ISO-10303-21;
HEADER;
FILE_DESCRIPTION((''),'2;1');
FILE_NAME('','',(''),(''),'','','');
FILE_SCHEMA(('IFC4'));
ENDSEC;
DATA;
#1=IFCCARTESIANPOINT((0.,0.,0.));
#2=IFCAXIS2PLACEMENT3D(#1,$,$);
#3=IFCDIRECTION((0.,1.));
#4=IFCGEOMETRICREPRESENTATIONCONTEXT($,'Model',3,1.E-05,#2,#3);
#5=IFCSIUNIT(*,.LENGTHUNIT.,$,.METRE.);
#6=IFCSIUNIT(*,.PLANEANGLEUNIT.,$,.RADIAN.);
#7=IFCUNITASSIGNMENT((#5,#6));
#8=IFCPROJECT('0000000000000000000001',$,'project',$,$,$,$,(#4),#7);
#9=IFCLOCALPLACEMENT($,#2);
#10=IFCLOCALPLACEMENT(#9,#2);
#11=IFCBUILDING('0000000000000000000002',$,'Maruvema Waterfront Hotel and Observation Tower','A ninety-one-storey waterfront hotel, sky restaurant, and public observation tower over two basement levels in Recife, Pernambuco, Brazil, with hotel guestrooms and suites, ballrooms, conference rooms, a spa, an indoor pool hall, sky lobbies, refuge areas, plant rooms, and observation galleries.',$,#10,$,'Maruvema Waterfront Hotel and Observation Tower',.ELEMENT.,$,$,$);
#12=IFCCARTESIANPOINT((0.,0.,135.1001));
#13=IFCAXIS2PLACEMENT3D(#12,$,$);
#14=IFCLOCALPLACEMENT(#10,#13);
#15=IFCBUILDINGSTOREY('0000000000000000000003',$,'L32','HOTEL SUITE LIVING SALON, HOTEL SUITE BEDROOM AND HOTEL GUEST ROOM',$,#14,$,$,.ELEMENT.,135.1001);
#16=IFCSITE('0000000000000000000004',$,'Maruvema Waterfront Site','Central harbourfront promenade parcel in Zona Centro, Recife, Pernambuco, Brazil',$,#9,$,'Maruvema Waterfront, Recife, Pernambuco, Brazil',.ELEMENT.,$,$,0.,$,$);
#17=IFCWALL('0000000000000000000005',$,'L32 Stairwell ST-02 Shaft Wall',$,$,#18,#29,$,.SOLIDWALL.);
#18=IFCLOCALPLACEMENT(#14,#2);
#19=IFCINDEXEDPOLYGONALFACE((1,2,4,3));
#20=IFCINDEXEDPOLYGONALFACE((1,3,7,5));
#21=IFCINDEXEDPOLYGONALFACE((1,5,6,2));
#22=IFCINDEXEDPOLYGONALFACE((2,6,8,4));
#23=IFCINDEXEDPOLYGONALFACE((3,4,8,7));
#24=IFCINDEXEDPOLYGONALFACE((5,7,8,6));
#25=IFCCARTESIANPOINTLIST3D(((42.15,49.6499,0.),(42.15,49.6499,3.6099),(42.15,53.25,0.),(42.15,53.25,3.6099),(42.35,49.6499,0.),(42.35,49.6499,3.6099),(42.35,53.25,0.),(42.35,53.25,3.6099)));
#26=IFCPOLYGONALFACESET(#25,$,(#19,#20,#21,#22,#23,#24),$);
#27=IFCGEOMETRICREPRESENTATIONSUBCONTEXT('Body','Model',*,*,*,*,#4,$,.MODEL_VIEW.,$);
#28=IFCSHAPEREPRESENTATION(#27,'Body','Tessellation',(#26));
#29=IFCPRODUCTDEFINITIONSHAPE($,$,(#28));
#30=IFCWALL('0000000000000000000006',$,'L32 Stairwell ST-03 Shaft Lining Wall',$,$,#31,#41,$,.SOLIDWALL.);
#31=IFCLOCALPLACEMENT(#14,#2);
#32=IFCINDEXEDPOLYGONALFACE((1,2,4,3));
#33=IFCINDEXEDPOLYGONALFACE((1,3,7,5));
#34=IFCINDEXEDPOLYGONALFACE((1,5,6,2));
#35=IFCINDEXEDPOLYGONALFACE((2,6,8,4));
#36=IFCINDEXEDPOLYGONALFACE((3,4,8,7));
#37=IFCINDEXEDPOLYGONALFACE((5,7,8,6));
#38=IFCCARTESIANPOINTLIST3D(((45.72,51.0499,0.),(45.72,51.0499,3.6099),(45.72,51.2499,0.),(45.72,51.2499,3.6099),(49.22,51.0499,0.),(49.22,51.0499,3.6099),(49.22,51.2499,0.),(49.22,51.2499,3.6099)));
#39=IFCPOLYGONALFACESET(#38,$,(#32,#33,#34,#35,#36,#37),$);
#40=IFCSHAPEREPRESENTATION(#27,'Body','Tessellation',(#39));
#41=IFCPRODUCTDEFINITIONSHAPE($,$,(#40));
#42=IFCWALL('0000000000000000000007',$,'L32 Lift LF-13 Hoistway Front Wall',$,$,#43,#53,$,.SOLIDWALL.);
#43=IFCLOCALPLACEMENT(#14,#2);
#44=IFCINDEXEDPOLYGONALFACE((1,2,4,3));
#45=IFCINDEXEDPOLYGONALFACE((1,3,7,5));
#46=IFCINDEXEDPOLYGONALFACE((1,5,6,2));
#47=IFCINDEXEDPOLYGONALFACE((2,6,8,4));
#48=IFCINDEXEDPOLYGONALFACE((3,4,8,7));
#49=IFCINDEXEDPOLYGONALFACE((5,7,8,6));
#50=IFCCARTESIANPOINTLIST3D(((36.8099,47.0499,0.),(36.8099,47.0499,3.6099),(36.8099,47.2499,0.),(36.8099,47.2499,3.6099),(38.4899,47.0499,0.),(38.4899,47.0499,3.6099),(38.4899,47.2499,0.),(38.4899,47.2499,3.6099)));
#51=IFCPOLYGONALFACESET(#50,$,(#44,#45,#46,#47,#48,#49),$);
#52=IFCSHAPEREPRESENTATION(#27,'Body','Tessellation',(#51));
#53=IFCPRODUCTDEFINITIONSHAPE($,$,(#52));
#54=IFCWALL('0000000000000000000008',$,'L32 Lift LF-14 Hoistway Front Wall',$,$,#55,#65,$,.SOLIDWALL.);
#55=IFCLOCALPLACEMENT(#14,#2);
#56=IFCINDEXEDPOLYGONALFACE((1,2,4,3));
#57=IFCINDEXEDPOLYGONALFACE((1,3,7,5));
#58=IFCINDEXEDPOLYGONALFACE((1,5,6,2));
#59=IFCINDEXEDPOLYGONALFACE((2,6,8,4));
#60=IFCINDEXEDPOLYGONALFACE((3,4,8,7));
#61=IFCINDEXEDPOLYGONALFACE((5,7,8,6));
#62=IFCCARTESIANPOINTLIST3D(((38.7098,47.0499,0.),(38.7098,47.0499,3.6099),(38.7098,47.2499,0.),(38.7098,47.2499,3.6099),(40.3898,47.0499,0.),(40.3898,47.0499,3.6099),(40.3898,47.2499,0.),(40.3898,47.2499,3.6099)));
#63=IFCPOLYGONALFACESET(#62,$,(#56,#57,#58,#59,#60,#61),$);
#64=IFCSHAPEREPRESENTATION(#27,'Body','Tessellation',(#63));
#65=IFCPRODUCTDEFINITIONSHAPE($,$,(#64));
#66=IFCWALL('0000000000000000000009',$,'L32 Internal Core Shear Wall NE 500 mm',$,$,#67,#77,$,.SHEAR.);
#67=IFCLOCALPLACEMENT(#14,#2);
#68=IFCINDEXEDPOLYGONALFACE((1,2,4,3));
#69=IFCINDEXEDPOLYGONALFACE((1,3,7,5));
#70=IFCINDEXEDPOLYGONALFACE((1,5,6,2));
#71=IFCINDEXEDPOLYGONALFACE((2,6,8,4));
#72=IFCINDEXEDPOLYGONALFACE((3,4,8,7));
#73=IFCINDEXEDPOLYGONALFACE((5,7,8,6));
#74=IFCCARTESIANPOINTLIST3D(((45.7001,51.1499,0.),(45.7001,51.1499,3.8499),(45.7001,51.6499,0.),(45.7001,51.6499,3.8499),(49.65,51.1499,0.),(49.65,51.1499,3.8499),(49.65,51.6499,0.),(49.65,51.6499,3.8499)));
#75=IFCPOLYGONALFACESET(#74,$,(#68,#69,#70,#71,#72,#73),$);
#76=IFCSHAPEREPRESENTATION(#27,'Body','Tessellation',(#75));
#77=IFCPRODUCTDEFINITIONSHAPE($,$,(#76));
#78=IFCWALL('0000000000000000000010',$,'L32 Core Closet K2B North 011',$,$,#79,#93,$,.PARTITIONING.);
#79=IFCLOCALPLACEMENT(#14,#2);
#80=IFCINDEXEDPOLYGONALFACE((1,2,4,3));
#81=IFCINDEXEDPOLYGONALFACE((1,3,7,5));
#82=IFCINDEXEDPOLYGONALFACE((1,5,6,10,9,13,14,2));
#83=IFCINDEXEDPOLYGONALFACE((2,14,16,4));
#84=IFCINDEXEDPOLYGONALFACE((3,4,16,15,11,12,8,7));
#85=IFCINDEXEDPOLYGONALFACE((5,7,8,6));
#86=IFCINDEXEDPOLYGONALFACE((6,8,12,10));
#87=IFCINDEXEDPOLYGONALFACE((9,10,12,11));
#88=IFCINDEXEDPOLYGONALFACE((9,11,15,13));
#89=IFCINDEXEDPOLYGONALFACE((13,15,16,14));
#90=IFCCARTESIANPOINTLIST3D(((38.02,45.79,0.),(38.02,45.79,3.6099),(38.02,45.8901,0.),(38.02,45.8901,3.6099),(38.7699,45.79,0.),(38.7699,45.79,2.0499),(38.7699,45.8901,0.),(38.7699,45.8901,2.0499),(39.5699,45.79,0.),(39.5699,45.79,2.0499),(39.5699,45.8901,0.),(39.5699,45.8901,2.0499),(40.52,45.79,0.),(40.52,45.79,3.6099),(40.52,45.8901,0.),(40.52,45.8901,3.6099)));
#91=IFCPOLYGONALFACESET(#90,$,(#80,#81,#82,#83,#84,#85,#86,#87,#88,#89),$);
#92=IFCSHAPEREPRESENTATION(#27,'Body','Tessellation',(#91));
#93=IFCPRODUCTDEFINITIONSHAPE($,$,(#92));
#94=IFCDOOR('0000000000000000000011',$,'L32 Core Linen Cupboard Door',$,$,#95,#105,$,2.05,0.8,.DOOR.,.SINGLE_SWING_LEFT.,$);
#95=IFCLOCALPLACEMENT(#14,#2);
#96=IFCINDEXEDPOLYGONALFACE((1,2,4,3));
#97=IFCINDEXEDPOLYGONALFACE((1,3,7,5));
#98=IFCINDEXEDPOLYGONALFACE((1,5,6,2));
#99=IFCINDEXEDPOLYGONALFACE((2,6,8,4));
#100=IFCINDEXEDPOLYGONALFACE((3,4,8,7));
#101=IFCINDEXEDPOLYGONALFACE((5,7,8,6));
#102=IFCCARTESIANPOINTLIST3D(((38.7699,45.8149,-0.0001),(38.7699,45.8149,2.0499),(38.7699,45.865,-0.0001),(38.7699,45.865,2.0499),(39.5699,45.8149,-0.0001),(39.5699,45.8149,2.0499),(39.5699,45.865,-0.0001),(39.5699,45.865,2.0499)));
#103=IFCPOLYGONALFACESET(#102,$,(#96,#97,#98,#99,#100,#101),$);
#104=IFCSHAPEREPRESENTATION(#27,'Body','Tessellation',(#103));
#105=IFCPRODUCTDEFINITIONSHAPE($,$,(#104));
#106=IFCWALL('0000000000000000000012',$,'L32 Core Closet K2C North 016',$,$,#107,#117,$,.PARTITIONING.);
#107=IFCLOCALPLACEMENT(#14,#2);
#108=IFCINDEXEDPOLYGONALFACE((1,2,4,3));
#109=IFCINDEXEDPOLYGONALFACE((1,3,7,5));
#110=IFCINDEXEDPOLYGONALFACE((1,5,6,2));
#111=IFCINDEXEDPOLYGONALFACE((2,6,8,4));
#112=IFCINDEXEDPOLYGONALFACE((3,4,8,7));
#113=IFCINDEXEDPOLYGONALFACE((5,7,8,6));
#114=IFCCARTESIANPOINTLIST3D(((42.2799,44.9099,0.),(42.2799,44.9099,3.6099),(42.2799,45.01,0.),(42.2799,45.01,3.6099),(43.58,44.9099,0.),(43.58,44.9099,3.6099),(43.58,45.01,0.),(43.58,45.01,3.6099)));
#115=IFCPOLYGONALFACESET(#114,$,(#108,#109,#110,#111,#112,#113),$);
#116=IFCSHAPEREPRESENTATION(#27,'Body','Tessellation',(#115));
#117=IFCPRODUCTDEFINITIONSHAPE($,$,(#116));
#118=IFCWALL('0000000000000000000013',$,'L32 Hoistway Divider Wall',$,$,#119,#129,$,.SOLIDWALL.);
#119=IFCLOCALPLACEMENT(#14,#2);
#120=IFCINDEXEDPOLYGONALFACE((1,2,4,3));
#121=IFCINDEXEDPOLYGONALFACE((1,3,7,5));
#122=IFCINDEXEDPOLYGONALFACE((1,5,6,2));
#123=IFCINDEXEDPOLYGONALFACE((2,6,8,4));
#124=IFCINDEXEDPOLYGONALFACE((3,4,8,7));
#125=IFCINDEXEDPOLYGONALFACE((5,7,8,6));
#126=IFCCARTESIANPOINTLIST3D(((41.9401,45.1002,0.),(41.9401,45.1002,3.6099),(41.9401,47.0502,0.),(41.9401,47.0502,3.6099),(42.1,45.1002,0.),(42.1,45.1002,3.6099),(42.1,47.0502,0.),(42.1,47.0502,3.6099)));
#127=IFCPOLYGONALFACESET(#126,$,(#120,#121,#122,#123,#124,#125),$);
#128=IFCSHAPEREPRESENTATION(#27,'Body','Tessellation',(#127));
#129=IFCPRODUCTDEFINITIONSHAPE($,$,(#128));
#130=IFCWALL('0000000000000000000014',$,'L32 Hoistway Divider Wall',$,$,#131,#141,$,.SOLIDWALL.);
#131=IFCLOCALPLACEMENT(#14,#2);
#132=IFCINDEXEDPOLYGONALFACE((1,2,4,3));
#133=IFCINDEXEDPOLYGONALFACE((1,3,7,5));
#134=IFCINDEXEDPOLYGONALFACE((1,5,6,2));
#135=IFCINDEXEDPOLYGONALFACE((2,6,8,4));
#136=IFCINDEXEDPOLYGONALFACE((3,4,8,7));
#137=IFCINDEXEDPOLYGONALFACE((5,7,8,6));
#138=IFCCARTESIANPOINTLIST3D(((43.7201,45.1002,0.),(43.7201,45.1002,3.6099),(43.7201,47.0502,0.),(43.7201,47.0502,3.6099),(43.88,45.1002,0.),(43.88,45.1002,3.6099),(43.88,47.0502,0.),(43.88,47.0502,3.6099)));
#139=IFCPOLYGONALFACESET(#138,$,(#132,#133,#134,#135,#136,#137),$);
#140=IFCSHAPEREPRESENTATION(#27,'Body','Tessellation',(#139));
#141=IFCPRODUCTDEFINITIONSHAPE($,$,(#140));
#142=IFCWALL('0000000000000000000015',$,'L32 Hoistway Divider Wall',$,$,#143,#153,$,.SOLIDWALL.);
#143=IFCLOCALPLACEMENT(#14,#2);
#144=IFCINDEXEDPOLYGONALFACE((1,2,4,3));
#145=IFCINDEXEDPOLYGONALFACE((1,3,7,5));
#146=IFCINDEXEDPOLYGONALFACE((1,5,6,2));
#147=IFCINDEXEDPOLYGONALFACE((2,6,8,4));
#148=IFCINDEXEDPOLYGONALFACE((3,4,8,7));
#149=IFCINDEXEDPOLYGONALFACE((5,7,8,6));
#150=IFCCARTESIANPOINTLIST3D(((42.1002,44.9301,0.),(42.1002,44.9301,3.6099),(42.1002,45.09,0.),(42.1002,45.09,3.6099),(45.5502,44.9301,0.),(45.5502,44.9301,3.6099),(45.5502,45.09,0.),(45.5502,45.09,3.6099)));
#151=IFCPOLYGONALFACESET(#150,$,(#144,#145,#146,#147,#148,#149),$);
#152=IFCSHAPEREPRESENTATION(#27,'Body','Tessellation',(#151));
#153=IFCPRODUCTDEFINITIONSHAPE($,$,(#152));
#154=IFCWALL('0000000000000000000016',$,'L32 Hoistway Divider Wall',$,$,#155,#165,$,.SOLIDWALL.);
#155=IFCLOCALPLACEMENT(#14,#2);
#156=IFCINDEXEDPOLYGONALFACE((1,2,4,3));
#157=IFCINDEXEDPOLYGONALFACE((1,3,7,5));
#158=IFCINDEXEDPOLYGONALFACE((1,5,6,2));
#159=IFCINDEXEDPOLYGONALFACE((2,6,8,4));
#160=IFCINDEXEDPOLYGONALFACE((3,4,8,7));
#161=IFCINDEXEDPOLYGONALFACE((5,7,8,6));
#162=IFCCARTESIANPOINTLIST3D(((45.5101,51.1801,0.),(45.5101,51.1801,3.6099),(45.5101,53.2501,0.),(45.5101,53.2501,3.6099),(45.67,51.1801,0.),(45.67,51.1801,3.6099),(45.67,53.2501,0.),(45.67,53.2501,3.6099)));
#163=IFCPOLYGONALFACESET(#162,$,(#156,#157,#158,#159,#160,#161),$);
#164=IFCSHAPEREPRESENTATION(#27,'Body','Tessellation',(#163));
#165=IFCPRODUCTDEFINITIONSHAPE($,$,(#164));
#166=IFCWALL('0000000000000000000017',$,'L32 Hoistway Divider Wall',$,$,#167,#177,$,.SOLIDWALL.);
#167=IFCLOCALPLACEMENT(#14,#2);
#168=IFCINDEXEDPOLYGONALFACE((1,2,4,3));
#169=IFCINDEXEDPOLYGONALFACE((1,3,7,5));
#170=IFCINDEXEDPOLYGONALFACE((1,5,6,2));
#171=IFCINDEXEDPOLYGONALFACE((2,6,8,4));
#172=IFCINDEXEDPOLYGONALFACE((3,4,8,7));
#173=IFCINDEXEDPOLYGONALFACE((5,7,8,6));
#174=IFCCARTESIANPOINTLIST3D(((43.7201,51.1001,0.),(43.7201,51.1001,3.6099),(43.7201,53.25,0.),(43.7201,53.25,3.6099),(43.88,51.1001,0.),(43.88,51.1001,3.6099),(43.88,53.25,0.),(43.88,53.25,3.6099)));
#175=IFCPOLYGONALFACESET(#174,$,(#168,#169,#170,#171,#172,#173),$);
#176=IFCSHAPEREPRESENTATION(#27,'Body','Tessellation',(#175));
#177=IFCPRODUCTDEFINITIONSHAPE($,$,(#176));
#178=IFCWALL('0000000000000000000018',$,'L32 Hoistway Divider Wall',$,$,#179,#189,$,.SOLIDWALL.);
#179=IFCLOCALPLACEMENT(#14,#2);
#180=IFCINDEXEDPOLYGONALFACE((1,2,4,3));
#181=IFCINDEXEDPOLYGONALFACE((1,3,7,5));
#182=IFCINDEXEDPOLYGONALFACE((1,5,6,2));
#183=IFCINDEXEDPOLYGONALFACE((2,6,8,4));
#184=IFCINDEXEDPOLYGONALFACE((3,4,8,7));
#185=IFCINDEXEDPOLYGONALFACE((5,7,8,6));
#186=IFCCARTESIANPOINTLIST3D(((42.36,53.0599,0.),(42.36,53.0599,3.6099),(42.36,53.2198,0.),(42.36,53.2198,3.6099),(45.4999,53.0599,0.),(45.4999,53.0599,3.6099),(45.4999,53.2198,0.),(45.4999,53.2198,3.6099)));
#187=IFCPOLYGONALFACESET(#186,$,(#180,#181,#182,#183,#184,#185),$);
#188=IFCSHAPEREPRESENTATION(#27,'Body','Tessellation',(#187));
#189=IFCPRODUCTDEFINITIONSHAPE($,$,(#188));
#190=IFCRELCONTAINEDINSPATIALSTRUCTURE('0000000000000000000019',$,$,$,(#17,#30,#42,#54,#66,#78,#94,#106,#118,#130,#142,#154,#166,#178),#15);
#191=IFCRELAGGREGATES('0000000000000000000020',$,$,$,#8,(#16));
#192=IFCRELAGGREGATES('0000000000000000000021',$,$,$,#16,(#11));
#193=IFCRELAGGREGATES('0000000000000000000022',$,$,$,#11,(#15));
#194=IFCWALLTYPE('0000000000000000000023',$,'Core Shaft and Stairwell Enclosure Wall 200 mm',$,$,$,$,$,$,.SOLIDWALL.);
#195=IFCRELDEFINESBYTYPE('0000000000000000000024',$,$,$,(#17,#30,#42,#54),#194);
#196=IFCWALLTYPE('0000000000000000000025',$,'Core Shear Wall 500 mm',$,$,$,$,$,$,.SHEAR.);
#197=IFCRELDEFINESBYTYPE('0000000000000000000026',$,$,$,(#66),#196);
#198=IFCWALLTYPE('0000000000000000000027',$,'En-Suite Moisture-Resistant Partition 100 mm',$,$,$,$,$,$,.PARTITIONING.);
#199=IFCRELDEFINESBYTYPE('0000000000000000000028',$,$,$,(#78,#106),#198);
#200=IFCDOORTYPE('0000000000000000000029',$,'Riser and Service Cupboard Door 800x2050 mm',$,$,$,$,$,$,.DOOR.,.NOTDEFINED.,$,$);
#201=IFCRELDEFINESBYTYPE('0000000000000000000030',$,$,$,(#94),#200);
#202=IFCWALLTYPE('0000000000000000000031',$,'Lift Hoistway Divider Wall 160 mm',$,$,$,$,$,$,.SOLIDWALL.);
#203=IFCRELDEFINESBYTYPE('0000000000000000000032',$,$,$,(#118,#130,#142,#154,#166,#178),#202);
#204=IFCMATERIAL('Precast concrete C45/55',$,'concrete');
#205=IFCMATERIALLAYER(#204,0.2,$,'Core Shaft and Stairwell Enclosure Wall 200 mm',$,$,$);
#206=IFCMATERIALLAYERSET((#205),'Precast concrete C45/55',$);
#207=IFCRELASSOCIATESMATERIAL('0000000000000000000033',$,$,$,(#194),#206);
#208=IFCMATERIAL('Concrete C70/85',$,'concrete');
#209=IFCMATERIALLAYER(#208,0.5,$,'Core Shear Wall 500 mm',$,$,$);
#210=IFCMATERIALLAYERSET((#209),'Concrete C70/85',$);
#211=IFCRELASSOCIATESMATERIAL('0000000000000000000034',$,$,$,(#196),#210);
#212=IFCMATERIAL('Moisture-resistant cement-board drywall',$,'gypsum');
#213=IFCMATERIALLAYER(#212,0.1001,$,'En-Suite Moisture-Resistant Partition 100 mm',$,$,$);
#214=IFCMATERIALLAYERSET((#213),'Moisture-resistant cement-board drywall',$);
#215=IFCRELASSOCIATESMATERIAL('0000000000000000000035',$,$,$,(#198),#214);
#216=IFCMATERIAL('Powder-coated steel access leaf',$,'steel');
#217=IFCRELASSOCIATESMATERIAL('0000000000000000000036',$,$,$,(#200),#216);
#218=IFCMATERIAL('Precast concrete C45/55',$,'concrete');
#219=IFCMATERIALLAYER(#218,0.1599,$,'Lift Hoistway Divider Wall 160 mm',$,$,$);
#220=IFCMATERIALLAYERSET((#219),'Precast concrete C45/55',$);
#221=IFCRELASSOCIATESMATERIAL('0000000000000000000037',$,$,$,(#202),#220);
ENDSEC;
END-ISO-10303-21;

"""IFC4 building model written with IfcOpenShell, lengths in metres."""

from ifc_helpers import new_model, si_unit, direction, frame, frame_2d, origin, place, context, subcontext, project, spatial, rectangle, extrude, material, layer, layer_set, type_object, element, fill, save


model = new_model("IFC4")

# Units and contexts
model_context = context("Model", 3, precision=1e-05, world=origin(), true_north=direction((0.0, 1.0)))
body_context = subcontext(model_context, "Body", "Model", "MODEL_VIEW")
ifc_project = project(units=[si_unit("LENGTHUNIT", "METRE"), si_unit("PLANEANGLEUNIT", "RADIAN")], contexts=[model_context])

# Site, building, storey
site_placement = place(None, origin())
site = spatial("IfcSite", under=ifc_project, at=site_placement, Name="Maruvema Waterfront Site", Description="Central harbourfront promenade parcel in Zona Centro, Recife, Pernambuco, Brazil", LongName="Maruvema Waterfront, Recife, Pernambuco, Brazil", CompositionType="ELEMENT", RefElevation=0.0)
building_placement = place(site_placement, origin())
building = spatial("IfcBuilding", under=site, at=building_placement, Name="Maruvema Waterfront Hotel and Observation Tower", Description="A ninety-one-storey waterfront hotel, sky restaurant, and public observation tower over two basement levels in Recife, Pernambuco, Brazil, with hotel guestrooms and suites, ballrooms, conference rooms, a spa, an indoor pool hall, sky lobbies, refuge areas, plant rooms, and observation galleries.", LongName="Maruvema Waterfront Hotel and Observation Tower", CompositionType="ELEMENT")
storey_placement = place(building_placement, frame((0.0, 0.0, 135.1001)))
storey = spatial("IfcBuildingStorey", under=building, at=storey_placement, Name="L32", Description="HOTEL SUITE LIVING SALON, HOTEL SUITE BEDROOM AND HOTEL GUEST ROOM", CompositionType="ELEMENT", Elevation=135.1001)

# Walls
ifc_material_1 = material(Name="Precast concrete C45/55", Category="concrete")
ifc_layer_1 = layer(ifc_material_1, 0.2, Name="Core Shaft and Stairwell Enclosure Wall 200 mm")
ifc_layer_set_1 = layer_set([ifc_layer_1], Name="Precast concrete C45/55")
wall_type_1 = type_object("IfcWallType", Name="Core Shaft and Stairwell Enclosure Wall 200 mm", PredefinedType="SOLIDWALL", material=ifc_layer_set_1)
wall_1_placement = place(storey_placement, frame((42.25, 49.6499, 0.0), z_axis=(0.0, 0.0, 1.0), x_axis=(0.0, 1.0, 0.0)))
element("IfcWall", 1, at=wall_1_placement, inside=storey, type_object=wall_type_1, Name="L32 Stairwell ST-02 Shaft Wall", PredefinedType="SOLIDWALL", context=body_context, shape_type="SweptSolid", body=[
    extrude(rectangle(XDim=3.6001, YDim=0.2, at=frame_2d((1.8, 0.0))), origin(), (0.0, 0.0, 1.0), 3.6099),
])
wall_2_placement = place(storey_placement, frame((45.72, 51.1499, 0.0), z_axis=(0.0, 0.0, 1.0), x_axis=(1.0, 0.0, 0.0)))
element("IfcWall", 2, at=wall_2_placement, inside=storey, type_object=wall_type_1, Name="L32 Stairwell ST-03 Shaft Lining Wall", PredefinedType="SOLIDWALL", context=body_context, shape_type="SweptSolid", body=[
    extrude(rectangle(XDim=3.5, YDim=0.2, at=frame_2d((1.75, 0.0))), origin(), (0.0, 0.0, 1.0), 3.6099),
])

# Walls
for number, where, z_axis, x_axis, name in (
    (3, (36.8101, 47.1499, 0.0), (0.0, 0.0, 1.0), (1.0, 0.0, 0.0), "L32 Lift LF-13 Hoistway Front Wall"),
    (4, (38.71, 47.1499, 0.0), (0.0, 0.0, 1.0), (1.0, 0.0, 0.0), "L32 Lift LF-14 Hoistway Front Wall"),
):
    element("IfcWall", number, at=place(storey_placement, frame(where, z_axis=z_axis, x_axis=x_axis)), inside=storey, type_object=wall_type_1, Name=name, PredefinedType="SOLIDWALL", context=body_context, shape_type="SweptSolid", body=[
        extrude(rectangle(XDim=1.6799, YDim=0.2, at=frame_2d((0.8398, 0.0))), origin(), (0.0, 0.0, 1.0), 3.6099),
    ])
ifc_material_2 = material(Name="Concrete C70/85", Category="concrete")
ifc_layer_2 = layer(ifc_material_2, 0.5, Name="Core Shear Wall 500 mm")
ifc_layer_set_2 = layer_set([ifc_layer_2], Name="Concrete C70/85")
wall_type_2 = type_object("IfcWallType", Name="Core Shear Wall 500 mm", PredefinedType="SHEAR", material=ifc_layer_set_2)
wall_3_placement = place(storey_placement, frame((45.7, 51.3999, 0.0), z_axis=(0.0, 0.0, 1.0), x_axis=(1.0, 0.0, 0.0)))
element("IfcWall", 5, at=wall_3_placement, inside=storey, type_object=wall_type_2, Name="L32 Internal Core Shear Wall NE 500 mm", PredefinedType="SHEAR", context=body_context, shape_type="SweptSolid", body=[
    extrude(rectangle(XDim=3.95, YDim=0.5, at=frame_2d((1.9751, 0.0))), origin(), (0.0, 0.0, 1.0), 3.8499),
])

# Wall, opening, door
ifc_material_3 = material(Name="Moisture-resistant cement-board drywall", Category="gypsum")
ifc_layer_3 = layer(ifc_material_3, 0.1001, Name="En-Suite Moisture-Resistant Partition 100 mm")
ifc_layer_set_3 = layer_set([ifc_layer_3], Name="Moisture-resistant cement-board drywall")
wall_type_3 = type_object("IfcWallType", Name="En-Suite Moisture-Resistant Partition 100 mm", PredefinedType="PARTITIONING", material=ifc_layer_set_3)
wall_4_placement = place(storey_placement, frame((38.02, 45.8401, 0.0), z_axis=(0.0, 0.0, 1.0), x_axis=(1.0, 0.0, 0.0)))
wall_4 = element("IfcWall", 6, at=wall_4_placement, inside=storey, type_object=wall_type_3, Name="L32 Core Closet K2B North 011", PredefinedType="PARTITIONING", context=body_context, shape_type="SweptSolid", body=[
    extrude(rectangle(XDim=2.5, YDim=0.1001, at=frame_2d((1.25, 0.0))), origin(), (0.0, 0.0, 1.0), 3.6099),
])
opening_1_placement = place(wall_4_placement, frame((0.75, 0.0, 0.0)))
opening_1 = element("IfcOpeningElement", 7, at=opening_1_placement, cuts=wall_4, PredefinedType="OPENING", context=body_context, shape_type="SweptSolid", body=[
    extrude(rectangle(XDim=0.8, YDim=2.05, at=frame_2d((0.3999, 1.0249))), frame((0.0, 0.0601, 0.0), z_axis=(0.0, -1.0, 0.0), x_axis=(1.0, 0.0, 0.0)), (0.0, 0.0, 1.0), 0.1201),
])
ifc_material_4 = material(Name="Powder-coated steel access leaf", Category="steel")
door_type_1 = type_object("IfcDoorType", Name="Riser and Service Cupboard Door 800x2050 mm", OperationType="NOTDEFINED", PredefinedType="DOOR", material=ifc_material_4)
door_1_placement = place(opening_1_placement, origin())
door_1 = element("IfcDoor", 8, at=door_1_placement, inside=storey, type_object=door_type_1, Name="L32 Core Linen Cupboard Door", OperationType="SINGLE_SWING_LEFT", OverallHeight=2.05, OverallWidth=0.8, PredefinedType="DOOR", context=body_context, shape_type="SweptSolid", body=[
    extrude(rectangle(XDim=0.8, YDim=2.05, at=frame_2d((0.3999, 1.0249))), frame((0.0, 0.0249, 0.0), z_axis=(0.0, -1.0, 0.0), x_axis=(1.0, 0.0, 0.0)), (0.0, 0.0, 1.0), 0.05),
])
fill(opening_1, door_1)

# Walls
wall_5_placement = place(storey_placement, frame((42.28, 44.96, 0.0), z_axis=(0.0, 0.0, 1.0), x_axis=(1.0, 0.0, 0.0)))
element("IfcWall", 9, at=wall_5_placement, inside=storey, type_object=wall_type_3, Name="L32 Core Closet K2C North 016", PredefinedType="PARTITIONING", context=body_context, shape_type="SweptSolid", body=[
    extrude(rectangle(XDim=1.3, YDim=0.1001, at=frame_2d((0.6499, 0.0))), origin(), (0.0, 0.0, 1.0), 3.6099),
])
ifc_material_5 = material(Name="Precast concrete C45/55", Category="concrete")
ifc_layer_4 = layer(ifc_material_5, 0.1599, Name="Lift Hoistway Divider Wall 160 mm")
ifc_layer_set_4 = layer_set([ifc_layer_4], Name="Precast concrete C45/55")
wall_type_4 = type_object("IfcWallType", Name="Lift Hoistway Divider Wall 160 mm", PredefinedType="SOLIDWALL", material=ifc_layer_set_4)
for number, where, z_axis, x_axis, name in (
    (10, (42.02, 45.1001, 0.0), (0.0, 0.0, 1.0), (0.0, 1.0, 0.0), "L32 Hoistway Divider Wall"),
    (11, (43.8, 45.1001, 0.0), (0.0, 0.0, 1.0), (0.0, 1.0, 0.0), "L32 Hoistway Divider Wall"),
):
    element("IfcWall", number, at=place(storey_placement, frame(where, z_axis=z_axis, x_axis=x_axis)), inside=storey, type_object=wall_type_4, Name=name, PredefinedType="SOLIDWALL", context=body_context, shape_type="SweptSolid", body=[
        extrude(rectangle(XDim=1.95, YDim=0.1599, at=frame_2d((0.9751, 0.0))), origin(), (0.0, 0.0, 1.0), 3.6099),
    ])
wall_6_placement = place(storey_placement, frame((42.1001, 45.01, 0.0), z_axis=(0.0, 0.0, 1.0), x_axis=(1.0, 0.0, 0.0)))
element("IfcWall", 12, at=wall_6_placement, inside=storey, type_object=wall_type_4, Name="L32 Hoistway Divider Wall", PredefinedType="SOLIDWALL", context=body_context, shape_type="SweptSolid", body=[
    extrude(rectangle(XDim=3.45, YDim=0.1599, at=frame_2d((1.7251, 0.0))), origin(), (0.0, 0.0, 1.0), 3.6099),
])
wall_7_placement = place(storey_placement, frame((45.5901, 51.1799, 0.0), z_axis=(0.0, 0.0, 1.0), x_axis=(0.0, 1.0, 0.0)))
element("IfcWall", 13, at=wall_7_placement, inside=storey, type_object=wall_type_4, Name="L32 Hoistway Divider Wall", PredefinedType="SOLIDWALL", context=body_context, shape_type="SweptSolid", body=[
    extrude(rectangle(XDim=2.0701, YDim=0.1599, at=frame_2d((1.0352, 0.0))), origin(), (0.0, 0.0, 1.0), 3.6099),
])
wall_8_placement = place(storey_placement, frame((43.8, 51.1001, 0.0), z_axis=(0.0, 0.0, 1.0), x_axis=(0.0, 1.0, 0.0)))
element("IfcWall", 14, at=wall_8_placement, inside=storey, type_object=wall_type_4, Name="L32 Hoistway Divider Wall", PredefinedType="SOLIDWALL", context=body_context, shape_type="SweptSolid", body=[
    extrude(rectangle(XDim=2.1499, YDim=0.1599, at=frame_2d((1.075, 0.0))), origin(), (0.0, 0.0, 1.0), 3.6099),
])
wall_9_placement = place(storey_placement, frame((42.3601, 53.1399, 0.0), z_axis=(0.0, 0.0, 1.0), x_axis=(1.0, 0.0, 0.0)))
element("IfcWall", 15, at=wall_9_placement, inside=storey, type_object=wall_type_4, Name="L32 Hoistway Divider Wall", PredefinedType="SOLIDWALL", context=body_context, shape_type="SweptSolid", body=[
    extrude(rectangle(XDim=3.1399, YDim=0.1599, at=frame_2d((1.5698, 0.0))), origin(), (0.0, 0.0, 1.0), 3.6099),
])

save(model, "model.ifc")
